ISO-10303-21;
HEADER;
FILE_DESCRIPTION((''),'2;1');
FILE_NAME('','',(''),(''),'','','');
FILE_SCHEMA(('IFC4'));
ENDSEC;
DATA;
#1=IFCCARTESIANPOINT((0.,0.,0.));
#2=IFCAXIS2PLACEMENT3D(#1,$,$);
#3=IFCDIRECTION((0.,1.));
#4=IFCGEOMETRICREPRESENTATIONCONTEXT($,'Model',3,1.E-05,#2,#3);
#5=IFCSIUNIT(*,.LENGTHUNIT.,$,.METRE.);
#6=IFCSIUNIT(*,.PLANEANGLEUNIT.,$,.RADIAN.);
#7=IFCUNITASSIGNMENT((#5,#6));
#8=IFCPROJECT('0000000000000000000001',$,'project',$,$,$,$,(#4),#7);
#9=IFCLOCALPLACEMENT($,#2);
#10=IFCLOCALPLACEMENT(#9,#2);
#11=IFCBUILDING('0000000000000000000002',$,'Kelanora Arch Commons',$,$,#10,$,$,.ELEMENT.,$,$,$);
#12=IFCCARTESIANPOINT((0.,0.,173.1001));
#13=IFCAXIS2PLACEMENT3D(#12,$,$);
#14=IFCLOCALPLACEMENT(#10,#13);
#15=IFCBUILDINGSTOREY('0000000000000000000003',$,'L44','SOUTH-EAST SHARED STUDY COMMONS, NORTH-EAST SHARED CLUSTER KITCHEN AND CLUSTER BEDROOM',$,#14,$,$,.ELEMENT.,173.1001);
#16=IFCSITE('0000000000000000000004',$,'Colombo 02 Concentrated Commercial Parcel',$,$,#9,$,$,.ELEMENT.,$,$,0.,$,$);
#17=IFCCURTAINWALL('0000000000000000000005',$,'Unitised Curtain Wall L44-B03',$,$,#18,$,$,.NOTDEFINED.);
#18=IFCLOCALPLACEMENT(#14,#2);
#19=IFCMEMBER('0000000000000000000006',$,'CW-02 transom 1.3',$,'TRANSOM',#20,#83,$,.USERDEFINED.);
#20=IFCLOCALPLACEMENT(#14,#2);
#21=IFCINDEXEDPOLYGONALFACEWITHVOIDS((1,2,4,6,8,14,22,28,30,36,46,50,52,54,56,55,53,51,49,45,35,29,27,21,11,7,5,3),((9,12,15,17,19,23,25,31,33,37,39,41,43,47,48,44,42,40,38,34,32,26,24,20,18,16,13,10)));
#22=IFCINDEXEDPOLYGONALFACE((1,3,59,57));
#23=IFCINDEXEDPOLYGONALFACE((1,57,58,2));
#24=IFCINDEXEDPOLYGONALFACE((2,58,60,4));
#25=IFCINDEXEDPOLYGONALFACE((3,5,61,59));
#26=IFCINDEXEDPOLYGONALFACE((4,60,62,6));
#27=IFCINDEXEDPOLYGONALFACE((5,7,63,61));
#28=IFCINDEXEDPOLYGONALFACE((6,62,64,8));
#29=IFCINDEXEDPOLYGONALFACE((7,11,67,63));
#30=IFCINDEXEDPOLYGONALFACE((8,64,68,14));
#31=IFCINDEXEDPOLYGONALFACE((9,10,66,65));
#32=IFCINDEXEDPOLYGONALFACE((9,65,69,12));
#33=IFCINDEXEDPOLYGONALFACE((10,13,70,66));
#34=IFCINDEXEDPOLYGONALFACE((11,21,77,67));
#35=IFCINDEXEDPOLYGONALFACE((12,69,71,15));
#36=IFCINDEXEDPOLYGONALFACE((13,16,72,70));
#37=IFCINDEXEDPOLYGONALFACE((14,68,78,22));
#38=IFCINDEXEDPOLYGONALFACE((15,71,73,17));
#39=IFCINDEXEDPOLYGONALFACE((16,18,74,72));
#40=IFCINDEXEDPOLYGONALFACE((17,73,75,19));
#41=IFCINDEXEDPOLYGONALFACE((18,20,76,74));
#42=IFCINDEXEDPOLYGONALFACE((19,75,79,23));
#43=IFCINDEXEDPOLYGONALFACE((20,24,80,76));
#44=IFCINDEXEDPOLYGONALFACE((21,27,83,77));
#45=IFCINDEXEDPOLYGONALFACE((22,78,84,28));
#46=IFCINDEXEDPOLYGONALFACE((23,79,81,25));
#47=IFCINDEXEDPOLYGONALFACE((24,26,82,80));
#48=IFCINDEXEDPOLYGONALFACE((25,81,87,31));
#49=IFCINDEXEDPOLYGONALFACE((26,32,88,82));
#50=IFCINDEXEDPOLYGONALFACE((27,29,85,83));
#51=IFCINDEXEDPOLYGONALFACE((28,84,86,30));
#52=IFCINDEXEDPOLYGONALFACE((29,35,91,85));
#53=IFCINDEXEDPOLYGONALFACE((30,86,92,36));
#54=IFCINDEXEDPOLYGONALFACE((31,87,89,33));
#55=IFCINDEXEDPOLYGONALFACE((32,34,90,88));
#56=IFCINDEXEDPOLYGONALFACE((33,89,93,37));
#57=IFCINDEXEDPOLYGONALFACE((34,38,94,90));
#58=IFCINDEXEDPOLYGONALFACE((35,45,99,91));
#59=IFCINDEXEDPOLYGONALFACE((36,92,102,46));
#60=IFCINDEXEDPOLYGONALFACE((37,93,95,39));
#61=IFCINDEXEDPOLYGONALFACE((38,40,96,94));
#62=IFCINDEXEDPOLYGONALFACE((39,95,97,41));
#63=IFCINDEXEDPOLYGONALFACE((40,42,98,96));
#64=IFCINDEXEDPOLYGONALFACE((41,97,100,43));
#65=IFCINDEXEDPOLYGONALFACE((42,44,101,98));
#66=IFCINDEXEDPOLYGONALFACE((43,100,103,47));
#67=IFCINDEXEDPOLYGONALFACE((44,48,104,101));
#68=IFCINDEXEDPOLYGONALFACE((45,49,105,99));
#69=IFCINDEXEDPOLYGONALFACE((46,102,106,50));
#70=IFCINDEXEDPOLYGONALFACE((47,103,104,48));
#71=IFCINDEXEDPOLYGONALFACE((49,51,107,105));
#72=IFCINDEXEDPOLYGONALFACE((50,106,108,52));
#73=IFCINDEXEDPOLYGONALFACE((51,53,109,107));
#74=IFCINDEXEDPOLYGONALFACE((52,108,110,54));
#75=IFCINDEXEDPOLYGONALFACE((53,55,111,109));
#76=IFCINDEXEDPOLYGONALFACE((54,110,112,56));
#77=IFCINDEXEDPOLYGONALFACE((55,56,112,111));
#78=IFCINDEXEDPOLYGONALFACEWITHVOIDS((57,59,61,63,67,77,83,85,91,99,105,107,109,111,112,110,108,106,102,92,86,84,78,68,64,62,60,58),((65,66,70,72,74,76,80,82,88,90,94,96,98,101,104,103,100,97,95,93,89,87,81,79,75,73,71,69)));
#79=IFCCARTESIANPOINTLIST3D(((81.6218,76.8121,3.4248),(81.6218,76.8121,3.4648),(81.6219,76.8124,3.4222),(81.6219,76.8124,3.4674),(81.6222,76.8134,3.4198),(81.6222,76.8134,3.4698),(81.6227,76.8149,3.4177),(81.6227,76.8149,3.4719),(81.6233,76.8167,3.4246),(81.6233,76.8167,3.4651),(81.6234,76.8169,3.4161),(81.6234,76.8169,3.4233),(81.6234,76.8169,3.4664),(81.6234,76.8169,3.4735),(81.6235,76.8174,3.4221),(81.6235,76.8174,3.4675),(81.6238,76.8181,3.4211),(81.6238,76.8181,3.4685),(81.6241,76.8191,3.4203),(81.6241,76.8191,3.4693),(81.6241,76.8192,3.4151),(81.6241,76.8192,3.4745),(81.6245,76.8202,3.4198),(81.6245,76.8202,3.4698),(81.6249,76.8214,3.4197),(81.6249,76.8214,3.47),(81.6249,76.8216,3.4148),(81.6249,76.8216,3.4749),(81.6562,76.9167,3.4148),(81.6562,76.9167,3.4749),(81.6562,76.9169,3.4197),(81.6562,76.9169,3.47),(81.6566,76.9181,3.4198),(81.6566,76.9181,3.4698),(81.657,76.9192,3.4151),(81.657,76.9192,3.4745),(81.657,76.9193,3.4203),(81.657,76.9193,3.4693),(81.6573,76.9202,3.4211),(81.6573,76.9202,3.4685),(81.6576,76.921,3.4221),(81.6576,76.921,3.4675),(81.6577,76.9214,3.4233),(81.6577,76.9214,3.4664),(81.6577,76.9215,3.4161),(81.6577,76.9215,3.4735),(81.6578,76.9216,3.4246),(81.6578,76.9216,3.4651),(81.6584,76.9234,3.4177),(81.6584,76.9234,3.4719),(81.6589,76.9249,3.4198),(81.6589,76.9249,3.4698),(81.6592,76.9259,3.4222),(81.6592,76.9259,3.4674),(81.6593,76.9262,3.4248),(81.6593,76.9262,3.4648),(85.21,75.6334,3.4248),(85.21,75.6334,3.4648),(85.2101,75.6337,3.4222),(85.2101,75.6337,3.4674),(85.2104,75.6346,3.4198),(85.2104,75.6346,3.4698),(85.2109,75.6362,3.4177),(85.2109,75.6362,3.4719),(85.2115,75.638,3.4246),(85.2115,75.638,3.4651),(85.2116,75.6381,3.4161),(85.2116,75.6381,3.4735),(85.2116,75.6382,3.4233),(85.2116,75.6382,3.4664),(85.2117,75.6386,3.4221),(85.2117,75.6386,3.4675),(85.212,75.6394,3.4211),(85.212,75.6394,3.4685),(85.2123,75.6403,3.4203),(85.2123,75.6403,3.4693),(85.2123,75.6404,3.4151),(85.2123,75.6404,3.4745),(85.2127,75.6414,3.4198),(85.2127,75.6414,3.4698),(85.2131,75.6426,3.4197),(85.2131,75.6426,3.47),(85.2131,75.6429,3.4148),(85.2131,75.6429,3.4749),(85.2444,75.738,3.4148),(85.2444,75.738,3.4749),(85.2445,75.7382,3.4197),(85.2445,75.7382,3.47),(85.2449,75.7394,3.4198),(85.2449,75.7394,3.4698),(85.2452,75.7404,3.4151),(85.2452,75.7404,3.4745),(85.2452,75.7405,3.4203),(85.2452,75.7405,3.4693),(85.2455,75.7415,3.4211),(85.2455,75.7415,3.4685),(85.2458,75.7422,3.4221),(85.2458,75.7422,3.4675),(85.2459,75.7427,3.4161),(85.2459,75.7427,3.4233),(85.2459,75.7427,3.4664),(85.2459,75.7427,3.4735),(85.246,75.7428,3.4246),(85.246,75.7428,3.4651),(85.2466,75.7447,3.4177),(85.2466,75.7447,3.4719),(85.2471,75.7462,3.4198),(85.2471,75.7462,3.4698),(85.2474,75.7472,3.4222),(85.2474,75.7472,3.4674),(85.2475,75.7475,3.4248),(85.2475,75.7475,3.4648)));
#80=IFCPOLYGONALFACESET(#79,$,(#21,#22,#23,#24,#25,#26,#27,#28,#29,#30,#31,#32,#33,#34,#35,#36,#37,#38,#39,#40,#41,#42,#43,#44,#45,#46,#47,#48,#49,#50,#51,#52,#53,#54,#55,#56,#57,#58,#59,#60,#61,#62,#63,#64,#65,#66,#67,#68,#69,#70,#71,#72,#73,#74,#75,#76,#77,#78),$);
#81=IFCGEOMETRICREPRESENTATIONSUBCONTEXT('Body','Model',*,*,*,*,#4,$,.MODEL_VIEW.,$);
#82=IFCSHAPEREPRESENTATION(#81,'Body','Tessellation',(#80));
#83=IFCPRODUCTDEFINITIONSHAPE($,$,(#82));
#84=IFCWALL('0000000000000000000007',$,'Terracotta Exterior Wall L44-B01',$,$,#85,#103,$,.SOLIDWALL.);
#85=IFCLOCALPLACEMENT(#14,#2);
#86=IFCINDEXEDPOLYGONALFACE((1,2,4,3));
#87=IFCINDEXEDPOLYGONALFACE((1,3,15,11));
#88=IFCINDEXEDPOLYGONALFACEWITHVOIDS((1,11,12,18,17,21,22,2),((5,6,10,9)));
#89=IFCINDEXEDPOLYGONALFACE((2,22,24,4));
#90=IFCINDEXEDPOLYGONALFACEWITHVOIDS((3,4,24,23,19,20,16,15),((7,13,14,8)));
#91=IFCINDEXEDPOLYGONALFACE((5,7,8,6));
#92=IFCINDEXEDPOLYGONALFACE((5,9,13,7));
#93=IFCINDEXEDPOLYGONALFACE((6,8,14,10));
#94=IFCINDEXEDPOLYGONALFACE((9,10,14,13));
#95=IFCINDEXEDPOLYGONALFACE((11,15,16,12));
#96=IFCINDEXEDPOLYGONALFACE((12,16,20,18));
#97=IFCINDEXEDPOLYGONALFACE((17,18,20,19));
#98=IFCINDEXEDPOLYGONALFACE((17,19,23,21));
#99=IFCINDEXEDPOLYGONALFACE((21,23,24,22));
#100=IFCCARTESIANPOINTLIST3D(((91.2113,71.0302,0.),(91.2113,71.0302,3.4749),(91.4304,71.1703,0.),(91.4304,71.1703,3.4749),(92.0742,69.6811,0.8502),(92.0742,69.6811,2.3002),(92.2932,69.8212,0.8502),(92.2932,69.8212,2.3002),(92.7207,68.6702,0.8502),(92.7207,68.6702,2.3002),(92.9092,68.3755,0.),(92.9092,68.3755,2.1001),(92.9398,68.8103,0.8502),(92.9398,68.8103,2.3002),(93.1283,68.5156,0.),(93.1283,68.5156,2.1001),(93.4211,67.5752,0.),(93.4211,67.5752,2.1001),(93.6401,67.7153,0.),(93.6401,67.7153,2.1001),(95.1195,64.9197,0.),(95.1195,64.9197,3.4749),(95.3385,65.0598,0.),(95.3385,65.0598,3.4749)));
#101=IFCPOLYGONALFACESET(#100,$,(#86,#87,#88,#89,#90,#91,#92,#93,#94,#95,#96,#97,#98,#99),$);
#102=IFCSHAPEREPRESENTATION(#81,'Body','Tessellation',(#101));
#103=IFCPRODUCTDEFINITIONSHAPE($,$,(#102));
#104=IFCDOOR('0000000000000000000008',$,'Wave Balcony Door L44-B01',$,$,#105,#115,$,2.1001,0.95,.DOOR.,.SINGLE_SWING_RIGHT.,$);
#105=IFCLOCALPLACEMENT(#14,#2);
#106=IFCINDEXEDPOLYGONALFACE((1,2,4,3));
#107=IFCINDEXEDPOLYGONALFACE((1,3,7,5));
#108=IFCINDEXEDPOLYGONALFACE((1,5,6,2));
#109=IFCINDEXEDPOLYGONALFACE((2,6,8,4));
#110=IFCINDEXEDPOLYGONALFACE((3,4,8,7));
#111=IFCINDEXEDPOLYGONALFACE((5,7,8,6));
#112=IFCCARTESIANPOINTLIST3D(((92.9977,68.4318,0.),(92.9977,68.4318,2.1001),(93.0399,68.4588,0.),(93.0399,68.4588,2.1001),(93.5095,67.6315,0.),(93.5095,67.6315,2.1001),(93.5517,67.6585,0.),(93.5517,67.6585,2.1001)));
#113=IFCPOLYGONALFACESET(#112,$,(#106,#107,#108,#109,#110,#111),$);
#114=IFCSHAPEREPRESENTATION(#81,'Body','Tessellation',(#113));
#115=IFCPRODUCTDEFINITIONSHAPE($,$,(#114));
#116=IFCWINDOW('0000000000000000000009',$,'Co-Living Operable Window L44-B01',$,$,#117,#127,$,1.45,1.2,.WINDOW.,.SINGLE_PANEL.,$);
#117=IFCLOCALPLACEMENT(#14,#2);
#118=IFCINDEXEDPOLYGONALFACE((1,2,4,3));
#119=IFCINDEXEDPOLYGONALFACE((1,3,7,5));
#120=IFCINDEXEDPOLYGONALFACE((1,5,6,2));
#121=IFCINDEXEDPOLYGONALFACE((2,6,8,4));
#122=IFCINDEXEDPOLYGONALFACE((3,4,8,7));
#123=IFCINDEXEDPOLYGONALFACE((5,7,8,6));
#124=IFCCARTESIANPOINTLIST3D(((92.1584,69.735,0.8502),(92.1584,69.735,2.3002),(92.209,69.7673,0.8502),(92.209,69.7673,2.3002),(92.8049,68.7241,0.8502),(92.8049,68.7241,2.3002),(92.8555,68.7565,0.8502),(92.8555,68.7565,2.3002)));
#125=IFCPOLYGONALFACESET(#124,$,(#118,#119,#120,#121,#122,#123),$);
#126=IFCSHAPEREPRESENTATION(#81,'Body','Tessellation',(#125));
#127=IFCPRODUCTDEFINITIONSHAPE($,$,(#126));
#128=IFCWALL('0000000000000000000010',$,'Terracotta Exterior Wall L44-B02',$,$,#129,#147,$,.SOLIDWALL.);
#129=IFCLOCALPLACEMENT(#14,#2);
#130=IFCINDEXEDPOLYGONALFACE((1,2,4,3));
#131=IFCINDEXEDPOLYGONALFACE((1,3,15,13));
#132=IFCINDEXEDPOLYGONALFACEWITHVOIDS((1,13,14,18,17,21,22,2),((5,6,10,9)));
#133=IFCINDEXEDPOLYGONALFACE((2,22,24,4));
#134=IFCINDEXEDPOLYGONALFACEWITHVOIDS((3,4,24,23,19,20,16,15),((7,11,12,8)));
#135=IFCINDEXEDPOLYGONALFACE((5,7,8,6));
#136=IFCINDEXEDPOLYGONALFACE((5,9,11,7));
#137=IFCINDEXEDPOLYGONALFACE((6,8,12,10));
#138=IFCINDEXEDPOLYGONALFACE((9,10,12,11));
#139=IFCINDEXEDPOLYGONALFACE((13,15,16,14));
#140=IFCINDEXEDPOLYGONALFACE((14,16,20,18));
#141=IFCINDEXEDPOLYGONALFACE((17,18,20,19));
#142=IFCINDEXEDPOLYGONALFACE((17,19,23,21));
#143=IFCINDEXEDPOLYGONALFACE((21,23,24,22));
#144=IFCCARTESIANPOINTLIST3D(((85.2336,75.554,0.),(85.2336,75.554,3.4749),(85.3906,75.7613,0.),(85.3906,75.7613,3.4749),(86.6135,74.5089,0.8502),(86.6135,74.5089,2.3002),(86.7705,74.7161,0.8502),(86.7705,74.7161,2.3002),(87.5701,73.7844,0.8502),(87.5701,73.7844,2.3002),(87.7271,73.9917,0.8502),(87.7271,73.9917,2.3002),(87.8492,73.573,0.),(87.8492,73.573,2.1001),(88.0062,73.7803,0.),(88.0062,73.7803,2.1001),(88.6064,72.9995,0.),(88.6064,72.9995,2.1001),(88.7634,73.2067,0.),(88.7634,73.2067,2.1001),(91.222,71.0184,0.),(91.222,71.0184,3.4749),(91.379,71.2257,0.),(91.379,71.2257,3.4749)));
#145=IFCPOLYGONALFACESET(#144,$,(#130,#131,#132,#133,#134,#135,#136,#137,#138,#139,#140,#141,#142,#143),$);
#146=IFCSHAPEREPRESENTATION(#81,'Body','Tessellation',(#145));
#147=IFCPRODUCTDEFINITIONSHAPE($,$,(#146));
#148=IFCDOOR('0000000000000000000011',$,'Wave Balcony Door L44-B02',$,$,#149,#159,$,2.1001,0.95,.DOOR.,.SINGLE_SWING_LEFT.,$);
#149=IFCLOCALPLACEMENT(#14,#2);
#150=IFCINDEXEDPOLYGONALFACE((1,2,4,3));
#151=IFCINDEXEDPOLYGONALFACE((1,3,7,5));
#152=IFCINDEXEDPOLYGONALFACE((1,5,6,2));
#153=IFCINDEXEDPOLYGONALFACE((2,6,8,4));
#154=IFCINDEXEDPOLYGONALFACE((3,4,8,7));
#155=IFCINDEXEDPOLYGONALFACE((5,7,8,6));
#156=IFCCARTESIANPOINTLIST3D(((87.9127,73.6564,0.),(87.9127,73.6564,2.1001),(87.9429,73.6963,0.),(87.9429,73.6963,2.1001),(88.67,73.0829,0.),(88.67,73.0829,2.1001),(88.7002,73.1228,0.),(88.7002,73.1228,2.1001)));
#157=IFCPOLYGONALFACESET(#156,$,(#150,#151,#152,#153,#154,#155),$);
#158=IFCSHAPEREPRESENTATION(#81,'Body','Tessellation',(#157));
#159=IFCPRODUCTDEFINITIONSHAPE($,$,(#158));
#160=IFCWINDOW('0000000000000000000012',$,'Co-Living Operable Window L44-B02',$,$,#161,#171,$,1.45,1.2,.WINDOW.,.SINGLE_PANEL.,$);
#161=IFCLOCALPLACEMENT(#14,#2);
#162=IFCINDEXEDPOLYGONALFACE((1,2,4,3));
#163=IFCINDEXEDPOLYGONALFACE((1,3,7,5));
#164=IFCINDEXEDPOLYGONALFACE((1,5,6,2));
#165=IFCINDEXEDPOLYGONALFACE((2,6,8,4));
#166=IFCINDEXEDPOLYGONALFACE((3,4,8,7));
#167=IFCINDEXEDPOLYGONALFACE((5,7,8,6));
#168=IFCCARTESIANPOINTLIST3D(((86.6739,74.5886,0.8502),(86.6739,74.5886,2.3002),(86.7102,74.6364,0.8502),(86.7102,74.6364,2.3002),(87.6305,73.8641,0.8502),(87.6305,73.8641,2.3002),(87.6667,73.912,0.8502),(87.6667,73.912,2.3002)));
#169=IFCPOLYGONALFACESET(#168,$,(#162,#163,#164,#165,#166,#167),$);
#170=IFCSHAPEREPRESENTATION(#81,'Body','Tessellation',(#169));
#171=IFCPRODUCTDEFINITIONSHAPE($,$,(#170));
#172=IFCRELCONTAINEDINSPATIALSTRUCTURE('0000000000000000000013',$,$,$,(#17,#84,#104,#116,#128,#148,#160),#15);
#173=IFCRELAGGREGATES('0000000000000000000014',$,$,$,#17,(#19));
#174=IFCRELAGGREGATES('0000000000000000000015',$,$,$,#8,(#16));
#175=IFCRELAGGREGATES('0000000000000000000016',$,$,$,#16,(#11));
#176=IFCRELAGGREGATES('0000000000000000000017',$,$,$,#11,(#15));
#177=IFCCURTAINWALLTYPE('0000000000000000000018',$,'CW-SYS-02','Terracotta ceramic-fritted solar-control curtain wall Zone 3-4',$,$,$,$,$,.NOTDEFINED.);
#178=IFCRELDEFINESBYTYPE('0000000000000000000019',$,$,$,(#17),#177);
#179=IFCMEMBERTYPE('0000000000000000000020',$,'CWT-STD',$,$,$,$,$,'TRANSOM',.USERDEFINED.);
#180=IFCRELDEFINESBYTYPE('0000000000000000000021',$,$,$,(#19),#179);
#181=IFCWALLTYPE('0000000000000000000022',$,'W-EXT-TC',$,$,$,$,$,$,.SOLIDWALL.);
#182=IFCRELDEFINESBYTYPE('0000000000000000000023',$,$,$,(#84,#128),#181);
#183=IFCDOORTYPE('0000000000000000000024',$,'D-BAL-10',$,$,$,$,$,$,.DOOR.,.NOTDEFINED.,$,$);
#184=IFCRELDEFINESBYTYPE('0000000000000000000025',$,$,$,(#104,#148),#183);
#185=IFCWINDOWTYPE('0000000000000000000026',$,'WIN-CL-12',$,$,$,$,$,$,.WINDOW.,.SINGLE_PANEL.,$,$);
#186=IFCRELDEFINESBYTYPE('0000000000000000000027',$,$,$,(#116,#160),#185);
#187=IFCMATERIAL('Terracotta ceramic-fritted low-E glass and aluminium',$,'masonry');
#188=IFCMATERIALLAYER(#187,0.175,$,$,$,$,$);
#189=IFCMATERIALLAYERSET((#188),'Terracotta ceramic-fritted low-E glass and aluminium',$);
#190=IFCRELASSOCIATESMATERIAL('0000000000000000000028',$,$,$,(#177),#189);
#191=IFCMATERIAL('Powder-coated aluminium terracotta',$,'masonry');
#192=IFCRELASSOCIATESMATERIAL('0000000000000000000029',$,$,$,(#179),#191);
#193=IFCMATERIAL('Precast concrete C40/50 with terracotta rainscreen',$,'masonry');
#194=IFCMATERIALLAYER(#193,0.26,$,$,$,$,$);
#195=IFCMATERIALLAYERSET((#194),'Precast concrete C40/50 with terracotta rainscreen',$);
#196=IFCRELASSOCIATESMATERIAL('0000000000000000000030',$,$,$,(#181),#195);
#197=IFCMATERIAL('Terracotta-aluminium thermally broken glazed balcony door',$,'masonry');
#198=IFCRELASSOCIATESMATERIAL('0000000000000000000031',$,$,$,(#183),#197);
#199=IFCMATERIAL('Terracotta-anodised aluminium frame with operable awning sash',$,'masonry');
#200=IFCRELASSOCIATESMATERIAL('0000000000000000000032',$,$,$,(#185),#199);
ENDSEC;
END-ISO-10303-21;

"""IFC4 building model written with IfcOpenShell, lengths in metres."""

from ifc_helpers import new_model, si_unit, direction, frame, frame_2d, origin, origin_2d, place, context, subcontext, project, spatial, rectangle, hollow_rectangle, extrude, material, layer, layer_set, material_profile, profile_set, type_object, element, fill, aggregate, save


model = new_model("IFC4")

# Units and contexts
model_context = context("Model", 3, precision=1e-05, world=origin(), true_north=direction((0.0, 1.0)))
body_context = subcontext(model_context, "Body", "Model", "MODEL_VIEW")
ifc_project = project(units=[si_unit("LENGTHUNIT", "METRE"), si_unit("PLANEANGLEUNIT", "RADIAN")], contexts=[model_context])

# Site, building, storey
site_placement = place(None, origin())
site = spatial("IfcSite", under=ifc_project, at=site_placement, Name="Colombo 02 Concentrated Commercial Parcel", CompositionType="ELEMENT", RefElevation=0.0)
building_placement = place(site_placement, origin())
building = spatial("IfcBuilding", under=site, at=building_placement, Name="Kelanora Arch Commons", CompositionType="ELEMENT")
storey_placement = place(building_placement, frame((0.0, 0.0, 173.1001)))
storey = spatial("IfcBuildingStorey", under=building, at=storey_placement, Name="L44", Description="SOUTH-EAST SHARED STUDY COMMONS, NORTH-EAST SHARED CLUSTER KITCHEN AND CLUSTER BEDROOM", CompositionType="ELEMENT", Elevation=173.1001)

# Shared definitions
ifc_material_1 = material(Name="Terracotta ceramic-fritted low-E glass and aluminium", Category="masonry")
ifc_layer_1 = layer(ifc_material_1, 0.175)
ifc_layer_set_1 = layer_set([ifc_layer_1], Name="Terracotta ceramic-fritted low-E glass and aluminium")
curtain_wall_type = type_object("IfcCurtainWallType", Name="CW-SYS-02", Description="Terracotta ceramic-fritted solar-control curtain wall Zone 3-4", PredefinedType="NOTDEFINED", material=ifc_layer_set_1)
ifc_material_2 = material(Name="Powder-coated aluminium terracotta", Category="masonry")

# Curtain wall, member
curtain_wall_1_placement = place(storey_placement, origin())
curtain_wall_1 = element("IfcCurtainWall", 1, at=curtain_wall_1_placement, inside=storey, type_object=curtain_wall_type, Name="Unitised Curtain Wall L44-B03", PredefinedType="NOTDEFINED")
ifc_material_profile_1 = material_profile(ifc_material_2, hollow_rectangle(XDim=0.1201, YDim=0.0601, WallThickness=0.0049, InnerFilletRadius=0.0049, OuterFilletRadius=0.01, at=origin_2d()), Name="CWT120x60")
ifc_profile_set_1 = profile_set([ifc_material_profile_1], Name="Powder-coated aluminium terracotta")
member_type_1 = type_object("IfcMemberType", Name="CWT-STD", ElementType="TRANSOM", PredefinedType="USERDEFINED", material=ifc_profile_set_1)
member_1_placement = place(storey_placement, frame((85.2288, 75.6904, 3.4448), z_axis=(-0.950051, 0.312094, 0.0), x_axis=(-0.312094, -0.950051, 0.0)))
member_1 = element("IfcMember", 2, at=member_1_placement, type_object=member_type_1, Name="CW-02 transom 1.3", ObjectType="TRANSOM", PredefinedType="USERDEFINED", context=body_context, shape_type="SweptSolid", body=[
    extrude(hollow_rectangle(XDim=0.1201, YDim=0.0601, WallThickness=0.0049, InnerFilletRadius=0.0049, OuterFilletRadius=0.01, at=origin_2d()), origin(), (0.0, 0.0, 1.0), 3.7769),
])
aggregate(curtain_wall_1, [member_1])

# Walls, openings, doors, windows
ifc_material_3 = material(Name="Precast concrete C40/50 with terracotta rainscreen", Category="masonry")
ifc_layer_2 = layer(ifc_material_3, 0.26)
ifc_layer_set_2 = layer_set([ifc_layer_2], Name="Precast concrete C40/50 with terracotta rainscreen")
wall_type_1 = type_object("IfcWallType", Name="W-EXT-TC", PredefinedType="SOLIDWALL", material=ifc_layer_set_2)
wall_1_placement = place(storey_placement, frame((95.229, 64.9897, 0.0), z_axis=(0.0, 0.0, 1.0), x_axis=(-0.538802, 0.842433, 0.0)))
wall_1 = element("IfcWall", 3, at=wall_1_placement, inside=storey, type_object=wall_type_1, Name="Terracotta Exterior Wall L44-B01", PredefinedType="SOLIDWALL", context=body_context, shape_type="SweptSolid", body=[
    extrude(rectangle(XDim=7.2534, YDim=0.26, at=frame_2d((3.6267, 0.0))), origin(), (0.0, 0.0, 1.0), 3.4749),
])
opening_1_placement = place(wall_1_placement, frame((3.1521, 0.0, 0.0)))
opening_1 = element("IfcOpeningElement", 4, at=opening_1_placement, cuts=wall_1, PredefinedType="OPENING", context=body_context, shape_type="SweptSolid", body=[
    extrude(rectangle(XDim=0.95, YDim=2.1001, at=frame_2d((0.4751, 1.05))), frame((0.0, 0.1401, 0.0), z_axis=(0.0, -1.0, 0.0), x_axis=(1.0, 0.0, 0.0)), (0.0, 0.0, 1.0), 0.28),
])
opening_2_placement = place(wall_1_placement, frame((4.4519, 0.0, 0.8501)))
opening_2 = element("IfcOpeningElement", 5, at=opening_2_placement, cuts=wall_1, PredefinedType="OPENING", context=body_context, shape_type="SweptSolid", body=[
    extrude(rectangle(XDim=1.2, YDim=1.45, at=frame_2d((0.6001, 0.7251))), frame((0.0, 0.1401, 0.0), z_axis=(0.0, -1.0, 0.0), x_axis=(1.0, 0.0, 0.0)), (0.0, 0.0, 1.0), 0.28),
])
ifc_material_4 = material(Name="Terracotta-aluminium thermally broken glazed balcony door", Category="masonry")
door_type = type_object("IfcDoorType", Name="D-BAL-10", OperationType="NOTDEFINED", PredefinedType="DOOR", material=ifc_material_4)
door_1_placement = place(opening_1_placement, frame((0.95, 0.0, 0.0), z_axis=(0.0, 0.0, 1.0), x_axis=(-1.0, 0.0, 0.0)))
door_1 = element("IfcDoor", 6, at=door_1_placement, inside=storey, type_object=door_type, Name="Wave Balcony Door L44-B01", OperationType="SINGLE_SWING_RIGHT", OverallHeight=2.1001, OverallWidth=0.95, PredefinedType="DOOR", context=body_context, shape_type="SweptSolid", body=[
    extrude(rectangle(XDim=0.95, YDim=2.1001, at=frame_2d((0.4751, 1.05))), frame((0.0, 0.0249, 0.0), z_axis=(0.0, -1.0, 0.0), x_axis=(1.0, 0.0, 0.0)), (0.0, 0.0, 1.0), 0.05),
])
fill(opening_1, door_1)
ifc_material_5 = material(Name="Terracotta-anodised aluminium frame with operable awning sash", Category="masonry")
window_type = type_object("IfcWindowType", Name="WIN-CL-12", PartitioningType="SINGLE_PANEL", PredefinedType="WINDOW", material=ifc_material_5)
window_1_placement = place(opening_2_placement, origin())
window_1 = element("IfcWindow", 7, at=window_1_placement, inside=storey, type_object=window_type, Name="Co-Living Operable Window L44-B01", OverallHeight=1.45, OverallWidth=1.2, PartitioningType="SINGLE_PANEL", PredefinedType="WINDOW", context=body_context, shape_type="SweptSolid", body=[
    extrude(rectangle(XDim=1.2, YDim=1.45, at=frame_2d((0.6001, 0.7251))), frame((0.0, 0.03, 0.0), z_axis=(0.0, -1.0, 0.0), x_axis=(1.0, 0.0, 0.0)), (0.0, 0.0, 1.0), 0.0601),
])
fill(opening_2, window_1)
wall_2_placement = place(storey_placement, frame((91.3005, 71.1221, 0.0), z_axis=(0.0, 0.0, 1.0), x_axis=(-0.797164, 0.603763, 0.0)))
wall_2 = element("IfcWall", 8, at=wall_2_placement, inside=storey, type_object=wall_type_1, Name="Terracotta Exterior Wall L44-B02", PredefinedType="SOLIDWALL", context=body_context, shape_type="SweptSolid", body=[
    extrude(rectangle(XDim=7.5122, YDim=0.26, at=frame_2d((3.7561, 0.0))), origin(), (0.0, 0.0, 1.0), 3.4749),
])
opening_3_placement = place(wall_2_placement, frame((3.281, 0.0, 0.0)))
opening_3 = element("IfcOpeningElement", 9, at=opening_3_placement, cuts=wall_2, PredefinedType="OPENING", context=body_context, shape_type="SweptSolid", body=[
    extrude(rectangle(XDim=0.95, YDim=2.1001, at=frame_2d((0.4751, 1.05))), frame((0.0, 0.1401, 0.0), z_axis=(0.0, -1.0, 0.0), x_axis=(1.0, 0.0, 0.0)), (0.0, 0.0, 1.0), 0.28),
])
opening_4_placement = place(wall_2_placement, frame((4.5811, 0.0, 0.8501)))
opening_4 = element("IfcOpeningElement", 10, at=opening_4_placement, cuts=wall_2, PredefinedType="OPENING", context=body_context, shape_type="SweptSolid", body=[
    extrude(rectangle(XDim=1.2, YDim=1.45, at=frame_2d((0.6001, 0.7251))), frame((0.0, 0.1401, 0.0), z_axis=(0.0, -1.0, 0.0), x_axis=(1.0, 0.0, 0.0)), (0.0, 0.0, 1.0), 0.28),
])
door_2_placement = place(opening_3_placement, frame((0.95, 0.0, 0.0), z_axis=(0.0, 0.0, 1.0), x_axis=(-1.0, 0.0, 0.0)))
door_2 = element("IfcDoor", 11, at=door_2_placement, inside=storey, type_object=door_type, Name="Wave Balcony Door L44-B02", OperationType="SINGLE_SWING_LEFT", OverallHeight=2.1001, OverallWidth=0.95, PredefinedType="DOOR", context=body_context, shape_type="SweptSolid", body=[
    extrude(rectangle(XDim=0.95, YDim=2.1001, at=frame_2d((0.4751, 1.05))), frame((0.0, 0.0249, 0.0), z_axis=(0.0, -1.0, 0.0), x_axis=(1.0, 0.0, 0.0)), (0.0, 0.0, 1.0), 0.05),
])
fill(opening_3, door_2)
window_2_placement = place(opening_4_placement, origin())
window_2 = element("IfcWindow", 12, at=window_2_placement, inside=storey, type_object=window_type, Name="Co-Living Operable Window L44-B02", OverallHeight=1.45, OverallWidth=1.2, PartitioningType="SINGLE_PANEL", PredefinedType="WINDOW", context=body_context, shape_type="SweptSolid", body=[
    extrude(rectangle(XDim=1.2, YDim=1.45, at=frame_2d((0.6001, 0.7251))), frame((0.0, 0.03, 0.0), z_axis=(0.0, -1.0, 0.0), x_axis=(1.0, 0.0, 0.0)), (0.0, 0.0, 1.0), 0.0601),
])
fill(opening_4, window_2)

save(model, "model.ifc")
